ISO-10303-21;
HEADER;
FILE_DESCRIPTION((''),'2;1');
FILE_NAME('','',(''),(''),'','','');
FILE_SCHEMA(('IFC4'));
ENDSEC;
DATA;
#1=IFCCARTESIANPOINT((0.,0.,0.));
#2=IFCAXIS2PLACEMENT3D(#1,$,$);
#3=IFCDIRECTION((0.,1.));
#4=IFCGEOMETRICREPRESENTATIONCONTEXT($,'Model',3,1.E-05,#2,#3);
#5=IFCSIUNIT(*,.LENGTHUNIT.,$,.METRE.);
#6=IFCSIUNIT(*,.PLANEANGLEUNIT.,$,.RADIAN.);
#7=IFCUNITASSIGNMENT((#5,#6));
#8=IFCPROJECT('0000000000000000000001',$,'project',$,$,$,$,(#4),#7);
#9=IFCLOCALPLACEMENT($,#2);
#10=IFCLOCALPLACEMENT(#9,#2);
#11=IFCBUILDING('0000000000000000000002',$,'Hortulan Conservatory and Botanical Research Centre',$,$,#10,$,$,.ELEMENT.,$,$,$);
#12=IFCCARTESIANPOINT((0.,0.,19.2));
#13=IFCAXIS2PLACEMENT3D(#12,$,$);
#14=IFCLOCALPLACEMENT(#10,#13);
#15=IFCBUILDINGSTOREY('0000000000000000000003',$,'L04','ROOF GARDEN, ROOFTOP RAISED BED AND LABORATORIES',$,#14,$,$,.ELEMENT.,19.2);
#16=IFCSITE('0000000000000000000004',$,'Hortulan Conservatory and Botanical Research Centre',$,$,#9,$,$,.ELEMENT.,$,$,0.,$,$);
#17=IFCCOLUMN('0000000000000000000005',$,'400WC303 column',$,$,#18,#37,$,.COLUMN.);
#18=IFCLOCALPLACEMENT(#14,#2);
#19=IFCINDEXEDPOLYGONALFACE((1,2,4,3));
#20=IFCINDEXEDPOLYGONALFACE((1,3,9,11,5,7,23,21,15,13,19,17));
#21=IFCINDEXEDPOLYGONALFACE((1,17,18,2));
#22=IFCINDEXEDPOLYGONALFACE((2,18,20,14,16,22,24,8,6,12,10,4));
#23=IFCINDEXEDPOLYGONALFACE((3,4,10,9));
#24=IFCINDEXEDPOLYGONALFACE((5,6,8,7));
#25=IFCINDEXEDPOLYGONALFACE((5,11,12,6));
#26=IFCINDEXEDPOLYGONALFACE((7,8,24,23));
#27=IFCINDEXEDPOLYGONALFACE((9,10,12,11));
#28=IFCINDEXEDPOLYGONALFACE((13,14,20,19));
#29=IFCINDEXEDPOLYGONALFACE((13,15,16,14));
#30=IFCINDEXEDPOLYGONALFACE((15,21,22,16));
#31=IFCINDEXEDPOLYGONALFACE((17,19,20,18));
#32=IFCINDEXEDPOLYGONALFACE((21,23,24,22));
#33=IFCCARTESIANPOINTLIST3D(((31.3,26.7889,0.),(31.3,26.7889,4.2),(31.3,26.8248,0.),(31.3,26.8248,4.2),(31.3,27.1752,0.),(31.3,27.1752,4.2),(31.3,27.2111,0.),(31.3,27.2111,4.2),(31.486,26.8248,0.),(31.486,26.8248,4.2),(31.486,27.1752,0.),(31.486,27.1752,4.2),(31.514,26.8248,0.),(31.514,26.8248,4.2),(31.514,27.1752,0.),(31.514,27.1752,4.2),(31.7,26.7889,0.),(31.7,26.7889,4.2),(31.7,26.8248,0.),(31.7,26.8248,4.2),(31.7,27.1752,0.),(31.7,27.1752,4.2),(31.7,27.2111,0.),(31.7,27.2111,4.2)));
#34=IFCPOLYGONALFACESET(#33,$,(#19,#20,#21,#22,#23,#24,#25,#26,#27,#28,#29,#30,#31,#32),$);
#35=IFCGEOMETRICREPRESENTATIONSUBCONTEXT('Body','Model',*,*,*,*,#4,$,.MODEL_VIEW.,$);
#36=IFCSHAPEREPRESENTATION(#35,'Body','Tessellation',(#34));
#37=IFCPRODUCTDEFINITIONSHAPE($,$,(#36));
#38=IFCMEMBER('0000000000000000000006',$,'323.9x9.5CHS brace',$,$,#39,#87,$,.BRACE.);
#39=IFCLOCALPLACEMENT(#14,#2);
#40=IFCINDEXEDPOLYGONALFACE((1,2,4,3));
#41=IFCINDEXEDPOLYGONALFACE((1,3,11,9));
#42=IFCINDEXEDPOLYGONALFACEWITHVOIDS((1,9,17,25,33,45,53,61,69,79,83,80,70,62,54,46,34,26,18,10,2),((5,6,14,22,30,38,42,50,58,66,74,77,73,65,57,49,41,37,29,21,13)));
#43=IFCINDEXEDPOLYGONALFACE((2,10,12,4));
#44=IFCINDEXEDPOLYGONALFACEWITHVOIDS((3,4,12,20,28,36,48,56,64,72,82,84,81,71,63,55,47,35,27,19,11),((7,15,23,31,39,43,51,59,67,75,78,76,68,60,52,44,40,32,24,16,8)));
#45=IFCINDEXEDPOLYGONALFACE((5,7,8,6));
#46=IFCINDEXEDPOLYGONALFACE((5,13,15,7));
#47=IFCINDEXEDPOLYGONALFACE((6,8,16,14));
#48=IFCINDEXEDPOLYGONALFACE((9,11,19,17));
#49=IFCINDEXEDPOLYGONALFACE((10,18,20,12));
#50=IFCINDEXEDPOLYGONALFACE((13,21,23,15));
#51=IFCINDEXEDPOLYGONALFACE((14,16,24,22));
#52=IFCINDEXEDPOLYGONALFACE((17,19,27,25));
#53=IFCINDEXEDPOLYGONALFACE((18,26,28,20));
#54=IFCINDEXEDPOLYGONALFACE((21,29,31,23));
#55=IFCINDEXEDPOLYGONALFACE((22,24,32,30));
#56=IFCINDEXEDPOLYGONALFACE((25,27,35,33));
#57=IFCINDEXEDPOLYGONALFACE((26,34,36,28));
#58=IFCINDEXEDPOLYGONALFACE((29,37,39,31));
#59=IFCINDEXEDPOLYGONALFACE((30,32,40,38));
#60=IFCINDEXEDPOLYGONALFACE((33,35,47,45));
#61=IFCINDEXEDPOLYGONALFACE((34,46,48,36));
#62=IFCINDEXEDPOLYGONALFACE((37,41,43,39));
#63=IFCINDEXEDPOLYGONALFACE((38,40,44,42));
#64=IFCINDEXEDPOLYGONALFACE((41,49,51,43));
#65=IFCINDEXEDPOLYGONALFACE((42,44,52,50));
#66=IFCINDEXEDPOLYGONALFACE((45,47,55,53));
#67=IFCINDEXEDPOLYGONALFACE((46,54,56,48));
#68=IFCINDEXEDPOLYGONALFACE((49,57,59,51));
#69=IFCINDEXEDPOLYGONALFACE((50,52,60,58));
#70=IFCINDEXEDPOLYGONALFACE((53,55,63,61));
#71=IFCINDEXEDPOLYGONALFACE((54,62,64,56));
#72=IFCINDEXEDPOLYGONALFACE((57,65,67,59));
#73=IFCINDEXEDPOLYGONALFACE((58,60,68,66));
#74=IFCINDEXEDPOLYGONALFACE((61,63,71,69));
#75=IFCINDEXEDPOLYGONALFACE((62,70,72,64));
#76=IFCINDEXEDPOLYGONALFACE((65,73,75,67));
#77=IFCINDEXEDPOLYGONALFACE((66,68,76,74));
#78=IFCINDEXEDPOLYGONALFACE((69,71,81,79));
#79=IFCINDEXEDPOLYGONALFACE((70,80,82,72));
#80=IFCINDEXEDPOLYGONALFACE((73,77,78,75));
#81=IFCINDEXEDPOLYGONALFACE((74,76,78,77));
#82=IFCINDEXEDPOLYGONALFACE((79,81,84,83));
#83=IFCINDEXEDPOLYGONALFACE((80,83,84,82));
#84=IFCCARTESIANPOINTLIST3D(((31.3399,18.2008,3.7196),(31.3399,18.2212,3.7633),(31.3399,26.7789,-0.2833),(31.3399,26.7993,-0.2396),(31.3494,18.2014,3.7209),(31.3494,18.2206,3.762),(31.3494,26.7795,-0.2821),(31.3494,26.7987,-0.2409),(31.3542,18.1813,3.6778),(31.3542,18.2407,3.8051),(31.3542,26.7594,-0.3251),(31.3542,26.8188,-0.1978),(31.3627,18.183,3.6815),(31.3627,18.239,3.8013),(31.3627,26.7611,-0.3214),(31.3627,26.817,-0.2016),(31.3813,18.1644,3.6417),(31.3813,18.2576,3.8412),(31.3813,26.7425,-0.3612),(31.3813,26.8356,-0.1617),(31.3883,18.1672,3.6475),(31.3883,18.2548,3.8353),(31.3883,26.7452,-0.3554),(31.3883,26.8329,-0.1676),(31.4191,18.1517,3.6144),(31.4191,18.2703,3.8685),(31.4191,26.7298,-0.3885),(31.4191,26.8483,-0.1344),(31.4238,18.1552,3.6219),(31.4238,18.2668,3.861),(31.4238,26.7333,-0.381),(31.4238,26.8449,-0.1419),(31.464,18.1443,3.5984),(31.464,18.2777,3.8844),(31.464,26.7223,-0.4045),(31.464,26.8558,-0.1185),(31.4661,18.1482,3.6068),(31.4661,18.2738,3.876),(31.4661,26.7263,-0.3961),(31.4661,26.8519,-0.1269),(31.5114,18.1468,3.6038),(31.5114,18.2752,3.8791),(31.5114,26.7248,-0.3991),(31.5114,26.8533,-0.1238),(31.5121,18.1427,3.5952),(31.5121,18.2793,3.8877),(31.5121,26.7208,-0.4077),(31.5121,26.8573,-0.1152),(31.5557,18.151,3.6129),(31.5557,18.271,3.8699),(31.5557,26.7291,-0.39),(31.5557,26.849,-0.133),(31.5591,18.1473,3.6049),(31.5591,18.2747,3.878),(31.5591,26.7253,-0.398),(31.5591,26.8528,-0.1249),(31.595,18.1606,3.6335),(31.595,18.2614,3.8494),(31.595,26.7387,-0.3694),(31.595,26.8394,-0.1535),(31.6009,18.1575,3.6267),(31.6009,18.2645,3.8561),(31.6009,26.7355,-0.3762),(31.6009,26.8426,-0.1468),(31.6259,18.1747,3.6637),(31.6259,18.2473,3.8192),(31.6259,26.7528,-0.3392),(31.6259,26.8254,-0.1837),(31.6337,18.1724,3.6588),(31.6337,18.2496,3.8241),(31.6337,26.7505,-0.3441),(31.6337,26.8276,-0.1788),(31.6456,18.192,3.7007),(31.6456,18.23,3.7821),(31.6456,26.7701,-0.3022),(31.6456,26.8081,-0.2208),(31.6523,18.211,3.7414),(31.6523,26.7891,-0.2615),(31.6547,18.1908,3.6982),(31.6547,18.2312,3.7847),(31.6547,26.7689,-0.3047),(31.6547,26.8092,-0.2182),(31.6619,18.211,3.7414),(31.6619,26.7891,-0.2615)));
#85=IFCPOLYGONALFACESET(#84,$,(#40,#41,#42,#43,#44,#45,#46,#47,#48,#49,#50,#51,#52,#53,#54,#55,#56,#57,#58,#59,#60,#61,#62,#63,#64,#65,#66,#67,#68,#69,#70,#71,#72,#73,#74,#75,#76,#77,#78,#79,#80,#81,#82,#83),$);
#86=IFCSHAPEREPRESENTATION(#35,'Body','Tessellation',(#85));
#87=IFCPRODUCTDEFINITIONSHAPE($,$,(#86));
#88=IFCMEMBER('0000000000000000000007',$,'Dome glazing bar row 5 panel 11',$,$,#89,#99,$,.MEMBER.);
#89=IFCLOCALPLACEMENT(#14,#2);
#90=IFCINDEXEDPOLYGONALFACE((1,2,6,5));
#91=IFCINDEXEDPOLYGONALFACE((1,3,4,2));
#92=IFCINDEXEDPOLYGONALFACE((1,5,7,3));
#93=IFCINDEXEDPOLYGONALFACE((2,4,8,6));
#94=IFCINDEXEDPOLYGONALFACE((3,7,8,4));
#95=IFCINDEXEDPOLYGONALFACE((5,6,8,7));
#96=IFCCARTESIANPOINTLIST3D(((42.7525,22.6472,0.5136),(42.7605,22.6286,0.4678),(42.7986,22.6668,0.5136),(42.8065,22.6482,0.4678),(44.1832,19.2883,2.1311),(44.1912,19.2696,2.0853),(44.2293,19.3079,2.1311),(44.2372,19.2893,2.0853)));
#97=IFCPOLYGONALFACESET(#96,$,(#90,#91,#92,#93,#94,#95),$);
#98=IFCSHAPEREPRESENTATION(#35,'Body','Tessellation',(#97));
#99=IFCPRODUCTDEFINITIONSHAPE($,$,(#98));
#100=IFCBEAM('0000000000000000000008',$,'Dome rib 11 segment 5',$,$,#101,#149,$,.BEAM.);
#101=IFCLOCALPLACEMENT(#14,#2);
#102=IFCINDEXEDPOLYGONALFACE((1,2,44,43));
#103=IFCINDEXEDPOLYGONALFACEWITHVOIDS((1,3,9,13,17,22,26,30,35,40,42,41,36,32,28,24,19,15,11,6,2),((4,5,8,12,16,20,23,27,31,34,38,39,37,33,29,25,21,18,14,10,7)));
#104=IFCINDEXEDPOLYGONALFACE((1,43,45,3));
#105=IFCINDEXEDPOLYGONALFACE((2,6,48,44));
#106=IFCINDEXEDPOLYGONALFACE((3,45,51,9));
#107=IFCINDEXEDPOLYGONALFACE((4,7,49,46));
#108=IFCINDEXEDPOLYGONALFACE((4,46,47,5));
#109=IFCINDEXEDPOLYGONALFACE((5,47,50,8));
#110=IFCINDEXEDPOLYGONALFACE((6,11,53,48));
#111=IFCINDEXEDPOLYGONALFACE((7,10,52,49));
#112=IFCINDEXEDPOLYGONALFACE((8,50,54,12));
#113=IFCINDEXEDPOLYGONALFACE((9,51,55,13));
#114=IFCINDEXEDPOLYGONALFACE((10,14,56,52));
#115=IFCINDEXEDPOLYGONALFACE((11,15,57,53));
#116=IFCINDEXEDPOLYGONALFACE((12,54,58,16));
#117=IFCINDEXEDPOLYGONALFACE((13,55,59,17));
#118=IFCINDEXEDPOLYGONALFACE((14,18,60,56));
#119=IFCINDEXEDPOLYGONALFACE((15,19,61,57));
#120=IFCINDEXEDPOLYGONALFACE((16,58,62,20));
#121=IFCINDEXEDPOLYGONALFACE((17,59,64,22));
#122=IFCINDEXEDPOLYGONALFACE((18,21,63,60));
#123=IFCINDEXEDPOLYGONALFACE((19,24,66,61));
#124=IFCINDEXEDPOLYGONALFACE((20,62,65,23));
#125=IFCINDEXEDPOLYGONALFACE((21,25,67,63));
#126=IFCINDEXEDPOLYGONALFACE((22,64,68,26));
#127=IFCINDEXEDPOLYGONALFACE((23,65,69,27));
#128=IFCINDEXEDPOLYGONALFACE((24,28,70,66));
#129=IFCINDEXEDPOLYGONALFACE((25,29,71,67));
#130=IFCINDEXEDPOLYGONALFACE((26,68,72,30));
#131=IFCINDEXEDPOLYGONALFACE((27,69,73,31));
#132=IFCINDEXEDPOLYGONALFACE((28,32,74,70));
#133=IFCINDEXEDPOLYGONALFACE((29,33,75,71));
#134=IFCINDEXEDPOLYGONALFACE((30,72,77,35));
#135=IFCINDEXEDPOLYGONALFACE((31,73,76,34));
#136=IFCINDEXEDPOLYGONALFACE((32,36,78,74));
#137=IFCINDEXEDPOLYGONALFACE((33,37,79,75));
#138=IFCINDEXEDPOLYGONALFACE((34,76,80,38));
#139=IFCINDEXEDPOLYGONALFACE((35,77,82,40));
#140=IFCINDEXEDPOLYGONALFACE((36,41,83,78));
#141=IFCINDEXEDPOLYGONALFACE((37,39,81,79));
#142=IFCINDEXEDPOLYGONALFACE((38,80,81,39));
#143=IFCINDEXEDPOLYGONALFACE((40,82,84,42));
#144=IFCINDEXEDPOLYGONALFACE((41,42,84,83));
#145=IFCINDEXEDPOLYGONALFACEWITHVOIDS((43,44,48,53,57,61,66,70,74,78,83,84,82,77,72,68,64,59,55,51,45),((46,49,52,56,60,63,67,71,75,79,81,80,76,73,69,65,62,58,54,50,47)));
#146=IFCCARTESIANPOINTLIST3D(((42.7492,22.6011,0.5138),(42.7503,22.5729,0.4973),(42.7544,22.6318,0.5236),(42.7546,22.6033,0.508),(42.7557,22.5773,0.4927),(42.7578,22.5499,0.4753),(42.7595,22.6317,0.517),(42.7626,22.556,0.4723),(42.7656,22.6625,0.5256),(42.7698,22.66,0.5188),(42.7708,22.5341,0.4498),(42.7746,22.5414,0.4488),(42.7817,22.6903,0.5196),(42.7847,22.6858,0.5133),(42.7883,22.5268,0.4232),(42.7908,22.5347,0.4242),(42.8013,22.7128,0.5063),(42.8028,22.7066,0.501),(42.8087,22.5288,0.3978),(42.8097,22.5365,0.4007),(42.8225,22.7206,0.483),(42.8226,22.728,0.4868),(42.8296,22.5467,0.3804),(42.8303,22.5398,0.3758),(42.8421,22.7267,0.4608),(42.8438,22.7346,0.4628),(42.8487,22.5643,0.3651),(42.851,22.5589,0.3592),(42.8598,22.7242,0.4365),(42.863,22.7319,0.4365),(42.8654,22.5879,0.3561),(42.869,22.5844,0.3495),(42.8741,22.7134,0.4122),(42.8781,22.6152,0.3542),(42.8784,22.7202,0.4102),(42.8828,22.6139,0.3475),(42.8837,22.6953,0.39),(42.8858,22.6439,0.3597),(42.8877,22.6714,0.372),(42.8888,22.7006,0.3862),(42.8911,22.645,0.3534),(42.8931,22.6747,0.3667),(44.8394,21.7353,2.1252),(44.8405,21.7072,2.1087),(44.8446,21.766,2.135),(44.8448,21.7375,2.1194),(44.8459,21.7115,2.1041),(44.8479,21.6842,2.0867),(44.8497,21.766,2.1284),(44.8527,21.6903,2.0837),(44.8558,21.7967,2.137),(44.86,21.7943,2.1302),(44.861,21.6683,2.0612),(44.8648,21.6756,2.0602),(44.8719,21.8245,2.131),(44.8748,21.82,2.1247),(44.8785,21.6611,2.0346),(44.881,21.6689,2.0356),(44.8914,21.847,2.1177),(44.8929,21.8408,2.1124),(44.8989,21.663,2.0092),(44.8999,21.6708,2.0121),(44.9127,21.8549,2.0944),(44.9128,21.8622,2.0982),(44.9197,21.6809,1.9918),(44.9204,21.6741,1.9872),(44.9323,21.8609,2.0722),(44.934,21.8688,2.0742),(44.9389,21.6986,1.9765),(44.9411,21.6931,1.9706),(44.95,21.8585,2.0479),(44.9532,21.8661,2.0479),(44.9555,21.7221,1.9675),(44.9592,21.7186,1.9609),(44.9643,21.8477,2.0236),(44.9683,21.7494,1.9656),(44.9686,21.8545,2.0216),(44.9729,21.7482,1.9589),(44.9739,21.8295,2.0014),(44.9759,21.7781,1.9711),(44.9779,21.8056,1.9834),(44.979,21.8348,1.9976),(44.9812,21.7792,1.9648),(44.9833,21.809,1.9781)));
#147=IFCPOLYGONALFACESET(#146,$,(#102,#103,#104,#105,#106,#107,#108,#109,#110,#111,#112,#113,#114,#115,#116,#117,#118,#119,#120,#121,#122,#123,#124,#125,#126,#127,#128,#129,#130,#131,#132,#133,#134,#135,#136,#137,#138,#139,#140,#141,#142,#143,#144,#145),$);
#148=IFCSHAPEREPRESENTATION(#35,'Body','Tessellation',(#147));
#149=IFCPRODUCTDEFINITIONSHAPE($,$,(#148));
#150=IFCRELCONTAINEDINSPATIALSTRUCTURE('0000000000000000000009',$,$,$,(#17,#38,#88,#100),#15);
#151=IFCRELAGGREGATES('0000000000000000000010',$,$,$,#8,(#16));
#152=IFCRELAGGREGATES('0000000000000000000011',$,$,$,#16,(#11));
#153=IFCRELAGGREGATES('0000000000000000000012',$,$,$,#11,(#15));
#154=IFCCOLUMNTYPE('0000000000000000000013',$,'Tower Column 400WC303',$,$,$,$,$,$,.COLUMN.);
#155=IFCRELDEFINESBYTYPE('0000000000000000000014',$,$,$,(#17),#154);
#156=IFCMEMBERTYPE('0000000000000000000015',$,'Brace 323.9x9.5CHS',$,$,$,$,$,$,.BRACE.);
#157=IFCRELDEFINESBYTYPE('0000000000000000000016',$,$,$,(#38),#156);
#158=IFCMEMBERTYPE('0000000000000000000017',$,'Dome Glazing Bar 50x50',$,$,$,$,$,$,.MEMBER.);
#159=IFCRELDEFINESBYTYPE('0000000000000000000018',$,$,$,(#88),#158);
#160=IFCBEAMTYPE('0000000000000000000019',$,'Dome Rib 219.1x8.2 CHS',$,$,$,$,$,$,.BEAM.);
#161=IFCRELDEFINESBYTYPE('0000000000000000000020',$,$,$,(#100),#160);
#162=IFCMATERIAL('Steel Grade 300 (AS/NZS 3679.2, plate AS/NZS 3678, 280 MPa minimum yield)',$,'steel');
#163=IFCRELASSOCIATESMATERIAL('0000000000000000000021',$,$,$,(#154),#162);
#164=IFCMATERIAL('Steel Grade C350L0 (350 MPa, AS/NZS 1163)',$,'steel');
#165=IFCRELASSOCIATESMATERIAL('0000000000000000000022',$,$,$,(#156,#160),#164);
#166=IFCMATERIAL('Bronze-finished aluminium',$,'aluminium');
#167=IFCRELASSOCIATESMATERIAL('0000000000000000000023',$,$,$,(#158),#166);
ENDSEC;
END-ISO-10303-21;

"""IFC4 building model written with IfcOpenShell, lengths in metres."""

from ifc_helpers import new_model, si_unit, direction, frame, origin, origin_2d, place, context, subcontext, project, spatial, rectangle, hollow_circle, i_section, extrude, material, material_profile, profile_set, type_object, element, save


model = new_model("IFC4")

# Units and contexts
model_context = context("Model", 3, precision=1e-05, world=origin(), true_north=direction((0.0, 1.0)))
body_context = subcontext(model_context, "Body", "Model", "MODEL_VIEW")
ifc_project = project(units=[si_unit("LENGTHUNIT", "METRE"), si_unit("PLANEANGLEUNIT", "RADIAN")], contexts=[model_context])

# Site, building, storey
site_placement = place(None, origin())
site = spatial("IfcSite", under=ifc_project, at=site_placement, Name="Hortulan Conservatory and Botanical Research Centre", CompositionType="ELEMENT", RefElevation=0.0)
building_placement = place(site_placement, origin())
building = spatial("IfcBuilding", under=site, at=building_placement, Name="Hortulan Conservatory and Botanical Research Centre", CompositionType="ELEMENT")
storey_placement = place(building_placement, frame((0.0, 0.0, 19.2)))
storey = spatial("IfcBuildingStorey", under=building, at=storey_placement, Name="L04", Description="ROOF GARDEN, ROOFTOP RAISED BED AND LABORATORIES", CompositionType="ELEMENT", Elevation=19.2)

# Column
ifc_material_1 = material(Name="Steel Grade 300 (AS/NZS 3679.2, plate AS/NZS 3678, 280 MPa minimum yield)", Category="steel")
ifc_material_profile_1 = material_profile(ifc_material_1, i_section(OverallWidth=0.3999, OverallDepth=0.4221, WebThickness=0.0281, FlangeThickness=0.0359, at=origin_2d()), Name="400WC303")
ifc_profile_set_1 = profile_set([ifc_material_profile_1], Name="Steel Grade 300 (AS/NZS 3679.2, plate AS/NZS 3678, 280 MPa minimum yield)")
column_type = type_object("IfcColumnType", Name="Tower Column 400WC303", PredefinedType="COLUMN", material=ifc_profile_set_1)
column_placement = place(storey_placement, frame((31.5, 27.0, 0.0), z_axis=(0.0, 0.0, 1.0), x_axis=(1.0, 0.0, 0.0)))
element("IfcColumn", 1, at=column_placement, inside=storey, type_object=column_type, Name="400WC303 column", PredefinedType="COLUMN", context=body_context, shape_type="SweptSolid", body=[
    extrude(i_section(OverallWidth=0.3999, OverallDepth=0.4221, WebThickness=0.0281, FlangeThickness=0.0359, at=origin_2d()), origin(), (0.0, 0.0, 1.0), 4.2),
])

# Members
ifc_material_2 = material(Name="Steel Grade C350L0 (350 MPa, AS/NZS 1163)", Category="steel")
ifc_material_profile_2 = material_profile(ifc_material_2, hollow_circle(Radius=0.1619, WallThickness=0.0095, at=origin_2d()), Name="323.9x9.5CHS")
ifc_profile_set_2 = profile_set([ifc_material_profile_2], Name="Steel Grade C350L0 (350 MPa, AS/NZS 1163)")
member_type_1 = type_object("IfcMemberType", Name="Brace 323.9x9.5CHS", PredefinedType="BRACE", material=ifc_profile_set_2)
member_1_placement = place(storey_placement, frame((31.5, 26.7891, -0.2615), z_axis=(0.0, -0.906191, 0.422869), x_axis=(1.0, 0.0, 0.0)))
element("IfcMember", 2, at=member_1_placement, inside=storey, type_object=member_type_1, Name="323.9x9.5CHS brace", PredefinedType="BRACE", context=body_context, shape_type="SweptSolid", body=[
    extrude(hollow_circle(Radius=0.1619, WallThickness=0.0095, at=origin_2d()), origin(), (0.0, 0.0, 1.0), 9.4661),
])
ifc_material_3 = material(Name="Bronze-finished aluminium", Category="aluminium")
ifc_material_profile_3 = material_profile(ifc_material_3, rectangle(XDim=0.05, YDim=0.05, at=origin_2d()), Name="Square bar 50x50")
ifc_profile_set_3 = profile_set([ifc_material_profile_3], Name="Bronze-finished aluminium")
member_type_2 = type_object("IfcMemberType", Name="Dome Glazing Bar 50x50", PredefinedType="MEMBER", material=ifc_profile_set_3)
member_2_placement = place(storey_placement, frame((42.7795, 22.6477, 0.4907), z_axis=(0.358282, -0.841169, 0.405055), x_axis=(0.920021, 0.391868, 0.0)))
element("IfcMember", 3, at=member_2_placement, inside=storey, type_object=member_type_2, Name="Dome glazing bar row 5 panel 11", PredefinedType="MEMBER", context=body_context, shape_type="SweptSolid", body=[
    extrude(rectangle(XDim=0.05, YDim=0.05, at=origin_2d()), origin(), (0.0, 0.0, 1.0), 3.9932),
])

# Beam
ifc_material_profile_4 = material_profile(ifc_material_2, hollow_circle(Radius=0.1096, WallThickness=0.0083, at=origin_2d()), Name="219.1x8.2CHS")
ifc_profile_set_4 = profile_set([ifc_material_profile_4], Name="Steel Grade C350L0 (350 MPa, AS/NZS 1163)")
beam_type_1 = type_object("IfcBeamType", Name="Dome Rib 219.1x8.2 CHS", PredefinedType="BEAM", material=ifc_profile_set_4)
beam_1_placement = place(storey_placement, frame((42.821, 22.6306, 0.4365), z_axis=(0.752516, -0.311695, 0.580143), x_axis=(0.382676, 0.923883, 0.0)))
element("IfcBeam", 4, at=beam_1_placement, inside=storey, type_object=beam_type_1, Name="Dome rib 11 segment 5", PredefinedType="BEAM", context=body_context, shape_type="SweptSolid", body=[
    extrude(hollow_circle(Radius=0.1096, WallThickness=0.0083, at=origin_2d()), origin(), (0.0, 0.0, 1.0), 2.7776),
])

save(model, "model.ifc")
